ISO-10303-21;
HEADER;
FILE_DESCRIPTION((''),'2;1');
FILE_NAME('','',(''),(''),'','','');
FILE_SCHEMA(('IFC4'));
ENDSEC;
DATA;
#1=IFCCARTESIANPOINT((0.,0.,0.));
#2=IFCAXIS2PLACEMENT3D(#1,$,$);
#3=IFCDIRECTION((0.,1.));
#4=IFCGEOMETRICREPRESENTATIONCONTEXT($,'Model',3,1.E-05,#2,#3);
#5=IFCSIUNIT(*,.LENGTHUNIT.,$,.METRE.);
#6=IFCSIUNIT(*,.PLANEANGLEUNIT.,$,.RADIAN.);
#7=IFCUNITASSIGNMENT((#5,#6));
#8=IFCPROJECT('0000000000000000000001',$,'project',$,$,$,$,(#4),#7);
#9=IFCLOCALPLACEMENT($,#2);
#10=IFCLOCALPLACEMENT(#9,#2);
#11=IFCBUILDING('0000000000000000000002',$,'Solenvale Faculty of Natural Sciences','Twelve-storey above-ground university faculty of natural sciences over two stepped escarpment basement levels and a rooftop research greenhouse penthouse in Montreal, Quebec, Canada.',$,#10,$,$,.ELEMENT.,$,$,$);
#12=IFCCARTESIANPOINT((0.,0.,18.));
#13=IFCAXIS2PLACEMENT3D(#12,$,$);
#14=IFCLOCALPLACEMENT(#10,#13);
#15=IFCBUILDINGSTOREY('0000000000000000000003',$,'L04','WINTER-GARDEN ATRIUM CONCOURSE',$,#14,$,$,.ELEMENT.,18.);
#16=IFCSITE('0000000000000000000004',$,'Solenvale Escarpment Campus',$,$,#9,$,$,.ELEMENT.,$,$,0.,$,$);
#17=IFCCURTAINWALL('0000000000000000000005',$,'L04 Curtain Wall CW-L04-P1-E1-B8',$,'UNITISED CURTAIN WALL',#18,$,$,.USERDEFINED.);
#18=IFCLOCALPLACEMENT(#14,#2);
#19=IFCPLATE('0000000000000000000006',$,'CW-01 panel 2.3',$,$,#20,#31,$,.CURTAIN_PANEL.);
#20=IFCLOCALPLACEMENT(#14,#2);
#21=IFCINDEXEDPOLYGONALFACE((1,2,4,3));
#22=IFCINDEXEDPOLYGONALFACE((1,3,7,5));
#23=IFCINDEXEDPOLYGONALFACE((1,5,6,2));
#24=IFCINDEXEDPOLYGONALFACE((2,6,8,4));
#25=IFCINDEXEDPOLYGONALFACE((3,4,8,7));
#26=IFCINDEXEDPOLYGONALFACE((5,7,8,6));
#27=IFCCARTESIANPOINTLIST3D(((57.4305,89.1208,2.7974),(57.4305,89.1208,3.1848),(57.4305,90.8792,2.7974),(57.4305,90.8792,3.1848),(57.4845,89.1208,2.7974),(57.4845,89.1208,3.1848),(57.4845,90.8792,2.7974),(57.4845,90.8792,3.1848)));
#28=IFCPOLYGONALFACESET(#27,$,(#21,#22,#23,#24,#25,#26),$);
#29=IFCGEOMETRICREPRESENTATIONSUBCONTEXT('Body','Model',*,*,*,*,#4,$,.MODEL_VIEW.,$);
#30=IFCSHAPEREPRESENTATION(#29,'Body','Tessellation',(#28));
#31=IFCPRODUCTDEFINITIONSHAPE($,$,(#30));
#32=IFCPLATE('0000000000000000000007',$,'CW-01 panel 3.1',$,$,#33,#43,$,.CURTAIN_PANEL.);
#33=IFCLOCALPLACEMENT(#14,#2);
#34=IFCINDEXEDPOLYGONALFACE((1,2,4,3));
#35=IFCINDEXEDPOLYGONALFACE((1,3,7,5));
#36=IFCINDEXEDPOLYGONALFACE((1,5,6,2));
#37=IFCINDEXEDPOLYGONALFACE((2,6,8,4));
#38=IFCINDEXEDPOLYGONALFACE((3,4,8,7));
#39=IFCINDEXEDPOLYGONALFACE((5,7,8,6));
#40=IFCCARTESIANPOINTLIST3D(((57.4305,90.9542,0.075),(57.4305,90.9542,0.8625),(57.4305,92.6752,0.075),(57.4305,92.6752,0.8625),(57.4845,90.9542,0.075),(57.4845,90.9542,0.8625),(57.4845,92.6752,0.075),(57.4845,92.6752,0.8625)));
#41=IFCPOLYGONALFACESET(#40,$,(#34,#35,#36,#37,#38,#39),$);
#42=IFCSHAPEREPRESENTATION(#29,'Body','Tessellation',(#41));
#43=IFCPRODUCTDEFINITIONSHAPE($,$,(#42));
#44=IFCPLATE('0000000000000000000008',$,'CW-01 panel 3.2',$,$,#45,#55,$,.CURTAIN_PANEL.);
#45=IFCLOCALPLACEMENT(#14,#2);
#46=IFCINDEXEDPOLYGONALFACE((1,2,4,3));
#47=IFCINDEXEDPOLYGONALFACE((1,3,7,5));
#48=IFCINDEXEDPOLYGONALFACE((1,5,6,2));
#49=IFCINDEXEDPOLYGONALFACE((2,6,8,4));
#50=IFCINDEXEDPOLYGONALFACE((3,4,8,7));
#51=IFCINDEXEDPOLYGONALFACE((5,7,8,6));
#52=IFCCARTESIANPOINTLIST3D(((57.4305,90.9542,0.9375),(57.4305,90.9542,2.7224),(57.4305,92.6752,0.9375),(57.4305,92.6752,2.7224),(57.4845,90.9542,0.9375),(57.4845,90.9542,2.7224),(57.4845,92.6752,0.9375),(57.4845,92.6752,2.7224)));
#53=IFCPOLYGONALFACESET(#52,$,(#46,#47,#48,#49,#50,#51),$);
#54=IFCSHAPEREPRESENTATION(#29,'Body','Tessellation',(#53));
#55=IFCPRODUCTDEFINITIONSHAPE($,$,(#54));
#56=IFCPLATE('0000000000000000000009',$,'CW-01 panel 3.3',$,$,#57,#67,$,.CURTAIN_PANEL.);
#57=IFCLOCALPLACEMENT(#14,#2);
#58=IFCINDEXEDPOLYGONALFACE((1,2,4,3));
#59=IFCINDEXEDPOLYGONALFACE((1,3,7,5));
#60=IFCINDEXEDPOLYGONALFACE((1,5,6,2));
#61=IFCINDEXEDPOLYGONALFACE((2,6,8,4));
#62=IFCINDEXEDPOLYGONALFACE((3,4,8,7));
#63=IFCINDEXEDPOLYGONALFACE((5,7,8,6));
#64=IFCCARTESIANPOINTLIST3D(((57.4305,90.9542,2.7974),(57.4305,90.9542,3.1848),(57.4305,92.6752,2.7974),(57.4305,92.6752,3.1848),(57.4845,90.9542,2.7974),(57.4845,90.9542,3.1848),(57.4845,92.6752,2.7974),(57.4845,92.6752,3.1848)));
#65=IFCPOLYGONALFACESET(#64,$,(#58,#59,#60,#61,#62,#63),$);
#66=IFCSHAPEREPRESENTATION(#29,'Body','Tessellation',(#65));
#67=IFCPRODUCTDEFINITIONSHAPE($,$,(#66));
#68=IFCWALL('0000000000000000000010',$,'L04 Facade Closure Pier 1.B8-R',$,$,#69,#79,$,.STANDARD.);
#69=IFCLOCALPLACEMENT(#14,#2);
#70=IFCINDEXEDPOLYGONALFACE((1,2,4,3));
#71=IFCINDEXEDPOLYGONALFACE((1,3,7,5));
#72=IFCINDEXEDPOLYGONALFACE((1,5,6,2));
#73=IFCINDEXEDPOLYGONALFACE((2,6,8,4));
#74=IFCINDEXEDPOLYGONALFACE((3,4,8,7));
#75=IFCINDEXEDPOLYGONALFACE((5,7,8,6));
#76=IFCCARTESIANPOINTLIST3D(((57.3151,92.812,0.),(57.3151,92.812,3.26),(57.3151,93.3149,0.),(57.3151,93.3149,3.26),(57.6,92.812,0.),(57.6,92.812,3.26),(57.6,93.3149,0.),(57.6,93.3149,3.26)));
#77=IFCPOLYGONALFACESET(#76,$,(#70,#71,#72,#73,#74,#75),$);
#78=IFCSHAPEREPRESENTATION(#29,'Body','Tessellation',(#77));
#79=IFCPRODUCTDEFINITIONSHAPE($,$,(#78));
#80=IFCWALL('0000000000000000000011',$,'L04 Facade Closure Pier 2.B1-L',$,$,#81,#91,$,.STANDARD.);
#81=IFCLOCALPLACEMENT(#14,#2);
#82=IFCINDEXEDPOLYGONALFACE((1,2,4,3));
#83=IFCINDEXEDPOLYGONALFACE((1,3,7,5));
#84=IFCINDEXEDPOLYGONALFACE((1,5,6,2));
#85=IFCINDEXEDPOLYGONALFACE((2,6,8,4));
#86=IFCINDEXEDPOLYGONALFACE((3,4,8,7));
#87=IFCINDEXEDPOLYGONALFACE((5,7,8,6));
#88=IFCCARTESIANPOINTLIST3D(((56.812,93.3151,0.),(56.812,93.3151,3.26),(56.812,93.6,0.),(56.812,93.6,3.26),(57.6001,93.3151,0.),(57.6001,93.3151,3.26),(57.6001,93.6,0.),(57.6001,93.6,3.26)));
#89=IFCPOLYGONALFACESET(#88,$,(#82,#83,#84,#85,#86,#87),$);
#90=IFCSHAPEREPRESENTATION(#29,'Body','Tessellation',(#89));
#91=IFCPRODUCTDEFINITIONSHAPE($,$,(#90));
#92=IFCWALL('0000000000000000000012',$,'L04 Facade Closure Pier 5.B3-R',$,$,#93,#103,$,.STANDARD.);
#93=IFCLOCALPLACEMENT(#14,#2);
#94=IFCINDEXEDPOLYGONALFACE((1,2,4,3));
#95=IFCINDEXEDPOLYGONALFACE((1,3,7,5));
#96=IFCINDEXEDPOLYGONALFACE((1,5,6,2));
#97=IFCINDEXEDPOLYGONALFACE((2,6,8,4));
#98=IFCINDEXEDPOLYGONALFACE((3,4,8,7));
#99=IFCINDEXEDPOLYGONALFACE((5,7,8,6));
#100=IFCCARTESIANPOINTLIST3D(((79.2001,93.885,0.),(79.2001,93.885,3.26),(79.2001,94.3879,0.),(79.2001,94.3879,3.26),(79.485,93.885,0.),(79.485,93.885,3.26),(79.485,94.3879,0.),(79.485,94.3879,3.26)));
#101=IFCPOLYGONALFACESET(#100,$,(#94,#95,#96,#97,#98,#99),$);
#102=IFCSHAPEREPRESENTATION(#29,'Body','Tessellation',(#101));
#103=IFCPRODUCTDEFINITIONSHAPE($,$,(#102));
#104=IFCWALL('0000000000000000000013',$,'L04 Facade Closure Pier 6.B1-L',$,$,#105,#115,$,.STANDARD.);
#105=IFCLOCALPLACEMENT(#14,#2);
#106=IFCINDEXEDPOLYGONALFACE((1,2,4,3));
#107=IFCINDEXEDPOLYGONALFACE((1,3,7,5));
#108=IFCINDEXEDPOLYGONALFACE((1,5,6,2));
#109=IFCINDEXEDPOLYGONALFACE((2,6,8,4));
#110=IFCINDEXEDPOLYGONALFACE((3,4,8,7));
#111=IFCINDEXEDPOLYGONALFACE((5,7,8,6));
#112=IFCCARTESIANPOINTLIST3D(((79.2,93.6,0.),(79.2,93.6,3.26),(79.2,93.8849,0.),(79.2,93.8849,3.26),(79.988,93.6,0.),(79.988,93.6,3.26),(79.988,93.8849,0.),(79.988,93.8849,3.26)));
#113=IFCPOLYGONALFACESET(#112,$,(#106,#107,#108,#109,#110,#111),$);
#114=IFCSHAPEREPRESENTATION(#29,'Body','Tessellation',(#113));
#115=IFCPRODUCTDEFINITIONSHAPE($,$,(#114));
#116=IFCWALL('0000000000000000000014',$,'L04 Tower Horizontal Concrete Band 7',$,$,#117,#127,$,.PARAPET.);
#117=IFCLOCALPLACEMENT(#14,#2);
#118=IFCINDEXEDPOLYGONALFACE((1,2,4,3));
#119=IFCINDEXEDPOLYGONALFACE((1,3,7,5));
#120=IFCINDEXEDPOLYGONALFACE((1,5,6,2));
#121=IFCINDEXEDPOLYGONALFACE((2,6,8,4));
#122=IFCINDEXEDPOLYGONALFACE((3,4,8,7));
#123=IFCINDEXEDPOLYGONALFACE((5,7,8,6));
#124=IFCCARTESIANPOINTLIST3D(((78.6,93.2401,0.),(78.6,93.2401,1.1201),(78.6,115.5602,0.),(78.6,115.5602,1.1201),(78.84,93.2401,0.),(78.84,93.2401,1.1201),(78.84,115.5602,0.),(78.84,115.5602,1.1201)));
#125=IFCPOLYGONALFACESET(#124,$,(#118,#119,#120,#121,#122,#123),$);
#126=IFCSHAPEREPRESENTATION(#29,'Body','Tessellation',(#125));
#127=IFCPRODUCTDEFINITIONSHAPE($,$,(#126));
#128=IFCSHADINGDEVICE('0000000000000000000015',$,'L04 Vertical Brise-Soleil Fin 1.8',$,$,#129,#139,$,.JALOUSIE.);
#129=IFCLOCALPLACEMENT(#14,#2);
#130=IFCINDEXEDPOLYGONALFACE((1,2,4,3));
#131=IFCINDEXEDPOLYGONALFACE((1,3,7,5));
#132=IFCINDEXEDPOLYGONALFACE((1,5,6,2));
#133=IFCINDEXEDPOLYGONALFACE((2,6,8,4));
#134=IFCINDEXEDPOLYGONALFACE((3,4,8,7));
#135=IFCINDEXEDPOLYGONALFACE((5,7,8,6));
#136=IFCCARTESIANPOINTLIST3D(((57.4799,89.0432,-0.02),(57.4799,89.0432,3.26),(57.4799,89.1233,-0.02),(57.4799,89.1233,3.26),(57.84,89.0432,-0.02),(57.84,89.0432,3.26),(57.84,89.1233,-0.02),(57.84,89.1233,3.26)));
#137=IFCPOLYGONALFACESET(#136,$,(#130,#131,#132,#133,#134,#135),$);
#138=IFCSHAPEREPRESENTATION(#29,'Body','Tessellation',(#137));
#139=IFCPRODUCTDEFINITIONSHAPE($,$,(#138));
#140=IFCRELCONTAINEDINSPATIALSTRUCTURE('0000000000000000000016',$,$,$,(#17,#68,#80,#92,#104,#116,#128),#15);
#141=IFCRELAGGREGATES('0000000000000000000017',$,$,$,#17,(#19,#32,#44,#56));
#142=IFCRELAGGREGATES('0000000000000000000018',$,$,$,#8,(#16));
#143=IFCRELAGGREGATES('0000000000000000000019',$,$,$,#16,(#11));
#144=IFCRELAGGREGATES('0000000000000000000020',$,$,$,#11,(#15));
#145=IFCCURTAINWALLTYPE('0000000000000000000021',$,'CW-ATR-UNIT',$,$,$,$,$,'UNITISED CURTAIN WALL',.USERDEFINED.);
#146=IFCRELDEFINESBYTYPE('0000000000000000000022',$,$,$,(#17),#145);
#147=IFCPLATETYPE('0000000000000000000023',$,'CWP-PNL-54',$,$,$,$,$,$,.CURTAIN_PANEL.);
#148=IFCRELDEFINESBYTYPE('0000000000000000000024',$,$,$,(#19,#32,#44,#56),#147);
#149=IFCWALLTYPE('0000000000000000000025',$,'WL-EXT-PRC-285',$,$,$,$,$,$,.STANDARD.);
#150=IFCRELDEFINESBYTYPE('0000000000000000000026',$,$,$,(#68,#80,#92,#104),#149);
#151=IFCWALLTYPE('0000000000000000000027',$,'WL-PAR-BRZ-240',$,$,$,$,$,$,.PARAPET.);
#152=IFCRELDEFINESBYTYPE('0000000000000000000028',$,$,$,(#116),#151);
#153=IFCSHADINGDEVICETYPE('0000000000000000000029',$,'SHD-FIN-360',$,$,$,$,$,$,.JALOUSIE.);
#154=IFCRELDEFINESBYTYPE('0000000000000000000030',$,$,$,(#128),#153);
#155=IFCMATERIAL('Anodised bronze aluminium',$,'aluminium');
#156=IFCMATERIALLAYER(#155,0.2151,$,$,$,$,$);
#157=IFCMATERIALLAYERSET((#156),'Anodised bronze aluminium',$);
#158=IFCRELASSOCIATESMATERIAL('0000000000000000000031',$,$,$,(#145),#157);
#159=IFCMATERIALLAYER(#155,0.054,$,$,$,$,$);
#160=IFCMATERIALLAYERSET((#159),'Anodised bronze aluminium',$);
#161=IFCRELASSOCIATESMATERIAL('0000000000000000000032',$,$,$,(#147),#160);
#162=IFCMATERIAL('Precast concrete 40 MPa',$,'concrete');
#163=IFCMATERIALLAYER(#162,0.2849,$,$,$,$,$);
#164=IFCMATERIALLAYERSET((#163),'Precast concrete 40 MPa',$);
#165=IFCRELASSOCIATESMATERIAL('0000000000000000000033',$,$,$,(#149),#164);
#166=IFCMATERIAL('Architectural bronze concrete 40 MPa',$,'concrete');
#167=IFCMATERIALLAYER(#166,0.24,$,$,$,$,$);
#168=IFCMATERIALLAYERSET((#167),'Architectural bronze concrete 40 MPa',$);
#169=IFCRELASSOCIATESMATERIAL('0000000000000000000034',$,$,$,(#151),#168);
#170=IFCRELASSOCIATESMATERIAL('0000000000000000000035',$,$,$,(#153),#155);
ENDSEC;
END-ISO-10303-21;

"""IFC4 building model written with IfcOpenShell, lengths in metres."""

from ifc_helpers import new_model, si_unit, direction, frame, frame_2d, origin, origin_2d, place, context, subcontext, project, spatial, rectangle, extrude, material, layer, layer_set, material_profile, profile_set, type_object, element, aggregate, save


model = new_model("IFC4")

# Units and contexts
model_context = context("Model", 3, precision=1e-05, world=origin(), true_north=direction((0.0, 1.0)))
body_context = subcontext(model_context, "Body", "Model", "MODEL_VIEW")
ifc_project = project(units=[si_unit("LENGTHUNIT", "METRE"), si_unit("PLANEANGLEUNIT", "RADIAN")], contexts=[model_context])

# Site, building, storey
site_placement = place(None, origin())
site = spatial("IfcSite", under=ifc_project, at=site_placement, Name="Solenvale Escarpment Campus", CompositionType="ELEMENT", RefElevation=0.0)
building_placement = place(site_placement, origin())
building = spatial("IfcBuilding", under=site, at=building_placement, Name="Solenvale Faculty of Natural Sciences", Description="Twelve-storey above-ground university faculty of natural sciences over two stepped escarpment basement levels and a rooftop research greenhouse penthouse in Montreal, Quebec, Canada.", CompositionType="ELEMENT")
storey_placement = place(building_placement, frame((0.0, 0.0, 18.0)))
storey = spatial("IfcBuildingStorey", under=building, at=storey_placement, Name="L04", Description="WINTER-GARDEN ATRIUM CONCOURSE", CompositionType="ELEMENT", Elevation=18.0)

# Curtain wall
ifc_material_1 = material(Name="Anodised bronze aluminium", Category="aluminium")
ifc_layer_1 = layer(ifc_material_1, 0.2151)
ifc_layer_set_1 = layer_set([ifc_layer_1], Name="Anodised bronze aluminium")
curtain_wall_type_1 = type_object("IfcCurtainWallType", Name="CW-ATR-UNIT", ElementType="UNITISED CURTAIN WALL", PredefinedType="USERDEFINED", material=ifc_layer_set_1)
curtain_wall_1_placement = place(storey_placement, origin())
curtain_wall_1 = element("IfcCurtainWall", 1, at=curtain_wall_1_placement, inside=storey, type_object=curtain_wall_type_1, Name="L04 Curtain Wall CW-L04-P1-E1-B8", ObjectType="UNITISED CURTAIN WALL", PredefinedType="USERDEFINED")

# Plates
ifc_layer_2 = layer(ifc_material_1, 0.054)
ifc_layer_set_2 = layer_set([ifc_layer_2], Name="Anodised bronze aluminium")
plate_type_1 = type_object("IfcPlateType", Name="CWP-PNL-54", PredefinedType="CURTAIN_PANEL", material=ifc_layer_set_2)
plate_1_placement = place(storey_placement, frame((57.4575, 90.0, 2.7974), z_axis=(0.0, 0.0, 1.0), x_axis=(0.0, 1.0, 0.0)))
plate_1 = element("IfcPlate", 2, at=plate_1_placement, type_object=plate_type_1, Name="CW-01 panel 2.3", PredefinedType="CURTAIN_PANEL", context=body_context, shape_type="SweptSolid", body=[
    extrude(rectangle(XDim=1.7583, YDim=0.054, at=origin_2d()), origin(), (0.0, 0.0, 1.0), 0.3875),
])
plate_2_placement = place(storey_placement, frame((57.4575, 91.8147, 0.075), z_axis=(0.0, 0.0, 1.0), x_axis=(0.0, 1.0, 0.0)))
plate_2 = element("IfcPlate", 3, at=plate_2_placement, type_object=plate_type_1, Name="CW-01 panel 3.1", PredefinedType="CURTAIN_PANEL", context=body_context, shape_type="SweptSolid", body=[
    extrude(rectangle(XDim=1.7209, YDim=0.054, at=origin_2d()), origin(), (0.0, 0.0, 1.0), 0.7876),
])
plate_3_placement = place(storey_placement, frame((57.4575, 91.8147, 0.9375), z_axis=(0.0, 0.0, 1.0), x_axis=(0.0, 1.0, 0.0)))
plate_3 = element("IfcPlate", 4, at=plate_3_placement, type_object=plate_type_1, Name="CW-01 panel 3.2", PredefinedType="CURTAIN_PANEL", context=body_context, shape_type="SweptSolid", body=[
    extrude(rectangle(XDim=1.7209, YDim=0.054, at=origin_2d()), origin(), (0.0, 0.0, 1.0), 1.7849),
])
plate_4_placement = place(storey_placement, frame((57.4575, 91.8147, 2.7974), z_axis=(0.0, 0.0, 1.0), x_axis=(0.0, 1.0, 0.0)))
plate_4 = element("IfcPlate", 5, at=plate_4_placement, type_object=plate_type_1, Name="CW-01 panel 3.3", PredefinedType="CURTAIN_PANEL", context=body_context, shape_type="SweptSolid", body=[
    extrude(rectangle(XDim=1.7209, YDim=0.054, at=origin_2d()), origin(), (0.0, 0.0, 1.0), 0.3875),
])
aggregate(curtain_wall_1, [plate_1, plate_2, plate_3, plate_4])

# Walls
ifc_material_2 = material(Name="Precast concrete 40 MPa", Category="concrete")
ifc_layer_3 = layer(ifc_material_2, 0.2849)
ifc_layer_set_3 = layer_set([ifc_layer_3], Name="Precast concrete 40 MPa")
wall_type_1 = type_object("IfcWallType", Name="WL-EXT-PRC-285", PredefinedType="STANDARD", material=ifc_layer_set_3)
wall_1_placement = place(storey_placement, frame((57.4575, 92.812, 0.0), z_axis=(0.0, 0.0, 1.0), x_axis=(0.0, 1.0, 0.0)))
element("IfcWall", 6, at=wall_1_placement, inside=storey, type_object=wall_type_1, Name="L04 Facade Closure Pier 1.B8-R", PredefinedType="STANDARD", context=body_context, shape_type="SweptSolid", body=[
    extrude(rectangle(XDim=0.5029, YDim=0.2849, at=frame_2d((0.2515, 0.0))), origin(), (0.0, 0.0, 1.0), 3.26),
])
wall_2_placement = place(storey_placement, frame((57.6001, 93.4575, 0.0), z_axis=(0.0, 0.0, 1.0), x_axis=(-1.0, 0.0, 0.0)))
element("IfcWall", 7, at=wall_2_placement, inside=storey, type_object=wall_type_1, Name="L04 Facade Closure Pier 2.B1-L", PredefinedType="STANDARD", context=body_context, shape_type="SweptSolid", body=[
    extrude(rectangle(XDim=0.7881, YDim=0.2849, at=frame_2d((0.394, 0.0))), origin(), (0.0, 0.0, 1.0), 3.26),
])
wall_3_placement = place(storey_placement, frame((79.3425, 94.3879, 0.0), z_axis=(0.0, 0.0, 1.0), x_axis=(0.0, -1.0, 0.0)))
element("IfcWall", 8, at=wall_3_placement, inside=storey, type_object=wall_type_1, Name="L04 Facade Closure Pier 5.B3-R", PredefinedType="STANDARD", context=body_context, shape_type="SweptSolid", body=[
    extrude(rectangle(XDim=0.5029, YDim=0.2849, at=frame_2d((0.2515, 0.0))), origin(), (0.0, 0.0, 1.0), 3.26),
])
wall_4_placement = place(storey_placement, frame((79.2, 93.7424, 0.0), z_axis=(0.0, 0.0, 1.0), x_axis=(1.0, 0.0, 0.0)))
element("IfcWall", 9, at=wall_4_placement, inside=storey, type_object=wall_type_1, Name="L04 Facade Closure Pier 6.B1-L", PredefinedType="STANDARD", context=body_context, shape_type="SweptSolid", body=[
    extrude(rectangle(XDim=0.7881, YDim=0.2849, at=frame_2d((0.394, 0.0))), origin(), (0.0, 0.0, 1.0), 3.26),
])
ifc_material_3 = material(Name="Architectural bronze concrete 40 MPa", Category="concrete")
ifc_layer_4 = layer(ifc_material_3, 0.24)
ifc_layer_set_4 = layer_set([ifc_layer_4], Name="Architectural bronze concrete 40 MPa")
wall_type_2 = type_object("IfcWallType", Name="WL-PAR-BRZ-240", PredefinedType="PARAPET", material=ifc_layer_set_4)
wall_5_placement = place(storey_placement, frame((78.72, 93.24, 0.0), z_axis=(0.0, 0.0, 1.0), x_axis=(0.0, 1.0, 0.0)))
element("IfcWall", 10, at=wall_5_placement, inside=storey, type_object=wall_type_2, Name="L04 Tower Horizontal Concrete Band 7", PredefinedType="PARAPET", context=body_context, shape_type="SweptSolid", body=[
    extrude(rectangle(XDim=22.3201, YDim=0.24, at=frame_2d((11.1602, 0.0))), origin(), (0.0, 0.0, 1.0), 1.1201),
])

# Shading device
ifc_material_profile_1 = material_profile(ifc_material_1, rectangle(XDim=0.0801, YDim=0.3601, at=origin_2d()), Name="ALU-FIN-80x360")
ifc_profile_set_1 = profile_set([ifc_material_profile_1], Name="Anodised bronze aluminium")
shading_device_type = type_object("IfcShadingDeviceType", Name="SHD-FIN-360", PredefinedType="JALOUSIE", material=ifc_profile_set_1)
shading_device_placement = place(storey_placement, frame((57.6599, 89.0833, -0.02), z_axis=(0.0, 0.0, 1.0), x_axis=(0.0, 1.0, 0.0)))
element("IfcShadingDevice", 11, at=shading_device_placement, inside=storey, type_object=shading_device_type, Name="L04 Vertical Brise-Soleil Fin 1.8", PredefinedType="JALOUSIE", context=body_context, shape_type="SweptSolid", body=[
    extrude(rectangle(XDim=0.0801, YDim=0.3601, at=origin_2d()), origin(), (0.0, 0.0, 1.0), 3.28),
])

save(model, "model.ifc")
